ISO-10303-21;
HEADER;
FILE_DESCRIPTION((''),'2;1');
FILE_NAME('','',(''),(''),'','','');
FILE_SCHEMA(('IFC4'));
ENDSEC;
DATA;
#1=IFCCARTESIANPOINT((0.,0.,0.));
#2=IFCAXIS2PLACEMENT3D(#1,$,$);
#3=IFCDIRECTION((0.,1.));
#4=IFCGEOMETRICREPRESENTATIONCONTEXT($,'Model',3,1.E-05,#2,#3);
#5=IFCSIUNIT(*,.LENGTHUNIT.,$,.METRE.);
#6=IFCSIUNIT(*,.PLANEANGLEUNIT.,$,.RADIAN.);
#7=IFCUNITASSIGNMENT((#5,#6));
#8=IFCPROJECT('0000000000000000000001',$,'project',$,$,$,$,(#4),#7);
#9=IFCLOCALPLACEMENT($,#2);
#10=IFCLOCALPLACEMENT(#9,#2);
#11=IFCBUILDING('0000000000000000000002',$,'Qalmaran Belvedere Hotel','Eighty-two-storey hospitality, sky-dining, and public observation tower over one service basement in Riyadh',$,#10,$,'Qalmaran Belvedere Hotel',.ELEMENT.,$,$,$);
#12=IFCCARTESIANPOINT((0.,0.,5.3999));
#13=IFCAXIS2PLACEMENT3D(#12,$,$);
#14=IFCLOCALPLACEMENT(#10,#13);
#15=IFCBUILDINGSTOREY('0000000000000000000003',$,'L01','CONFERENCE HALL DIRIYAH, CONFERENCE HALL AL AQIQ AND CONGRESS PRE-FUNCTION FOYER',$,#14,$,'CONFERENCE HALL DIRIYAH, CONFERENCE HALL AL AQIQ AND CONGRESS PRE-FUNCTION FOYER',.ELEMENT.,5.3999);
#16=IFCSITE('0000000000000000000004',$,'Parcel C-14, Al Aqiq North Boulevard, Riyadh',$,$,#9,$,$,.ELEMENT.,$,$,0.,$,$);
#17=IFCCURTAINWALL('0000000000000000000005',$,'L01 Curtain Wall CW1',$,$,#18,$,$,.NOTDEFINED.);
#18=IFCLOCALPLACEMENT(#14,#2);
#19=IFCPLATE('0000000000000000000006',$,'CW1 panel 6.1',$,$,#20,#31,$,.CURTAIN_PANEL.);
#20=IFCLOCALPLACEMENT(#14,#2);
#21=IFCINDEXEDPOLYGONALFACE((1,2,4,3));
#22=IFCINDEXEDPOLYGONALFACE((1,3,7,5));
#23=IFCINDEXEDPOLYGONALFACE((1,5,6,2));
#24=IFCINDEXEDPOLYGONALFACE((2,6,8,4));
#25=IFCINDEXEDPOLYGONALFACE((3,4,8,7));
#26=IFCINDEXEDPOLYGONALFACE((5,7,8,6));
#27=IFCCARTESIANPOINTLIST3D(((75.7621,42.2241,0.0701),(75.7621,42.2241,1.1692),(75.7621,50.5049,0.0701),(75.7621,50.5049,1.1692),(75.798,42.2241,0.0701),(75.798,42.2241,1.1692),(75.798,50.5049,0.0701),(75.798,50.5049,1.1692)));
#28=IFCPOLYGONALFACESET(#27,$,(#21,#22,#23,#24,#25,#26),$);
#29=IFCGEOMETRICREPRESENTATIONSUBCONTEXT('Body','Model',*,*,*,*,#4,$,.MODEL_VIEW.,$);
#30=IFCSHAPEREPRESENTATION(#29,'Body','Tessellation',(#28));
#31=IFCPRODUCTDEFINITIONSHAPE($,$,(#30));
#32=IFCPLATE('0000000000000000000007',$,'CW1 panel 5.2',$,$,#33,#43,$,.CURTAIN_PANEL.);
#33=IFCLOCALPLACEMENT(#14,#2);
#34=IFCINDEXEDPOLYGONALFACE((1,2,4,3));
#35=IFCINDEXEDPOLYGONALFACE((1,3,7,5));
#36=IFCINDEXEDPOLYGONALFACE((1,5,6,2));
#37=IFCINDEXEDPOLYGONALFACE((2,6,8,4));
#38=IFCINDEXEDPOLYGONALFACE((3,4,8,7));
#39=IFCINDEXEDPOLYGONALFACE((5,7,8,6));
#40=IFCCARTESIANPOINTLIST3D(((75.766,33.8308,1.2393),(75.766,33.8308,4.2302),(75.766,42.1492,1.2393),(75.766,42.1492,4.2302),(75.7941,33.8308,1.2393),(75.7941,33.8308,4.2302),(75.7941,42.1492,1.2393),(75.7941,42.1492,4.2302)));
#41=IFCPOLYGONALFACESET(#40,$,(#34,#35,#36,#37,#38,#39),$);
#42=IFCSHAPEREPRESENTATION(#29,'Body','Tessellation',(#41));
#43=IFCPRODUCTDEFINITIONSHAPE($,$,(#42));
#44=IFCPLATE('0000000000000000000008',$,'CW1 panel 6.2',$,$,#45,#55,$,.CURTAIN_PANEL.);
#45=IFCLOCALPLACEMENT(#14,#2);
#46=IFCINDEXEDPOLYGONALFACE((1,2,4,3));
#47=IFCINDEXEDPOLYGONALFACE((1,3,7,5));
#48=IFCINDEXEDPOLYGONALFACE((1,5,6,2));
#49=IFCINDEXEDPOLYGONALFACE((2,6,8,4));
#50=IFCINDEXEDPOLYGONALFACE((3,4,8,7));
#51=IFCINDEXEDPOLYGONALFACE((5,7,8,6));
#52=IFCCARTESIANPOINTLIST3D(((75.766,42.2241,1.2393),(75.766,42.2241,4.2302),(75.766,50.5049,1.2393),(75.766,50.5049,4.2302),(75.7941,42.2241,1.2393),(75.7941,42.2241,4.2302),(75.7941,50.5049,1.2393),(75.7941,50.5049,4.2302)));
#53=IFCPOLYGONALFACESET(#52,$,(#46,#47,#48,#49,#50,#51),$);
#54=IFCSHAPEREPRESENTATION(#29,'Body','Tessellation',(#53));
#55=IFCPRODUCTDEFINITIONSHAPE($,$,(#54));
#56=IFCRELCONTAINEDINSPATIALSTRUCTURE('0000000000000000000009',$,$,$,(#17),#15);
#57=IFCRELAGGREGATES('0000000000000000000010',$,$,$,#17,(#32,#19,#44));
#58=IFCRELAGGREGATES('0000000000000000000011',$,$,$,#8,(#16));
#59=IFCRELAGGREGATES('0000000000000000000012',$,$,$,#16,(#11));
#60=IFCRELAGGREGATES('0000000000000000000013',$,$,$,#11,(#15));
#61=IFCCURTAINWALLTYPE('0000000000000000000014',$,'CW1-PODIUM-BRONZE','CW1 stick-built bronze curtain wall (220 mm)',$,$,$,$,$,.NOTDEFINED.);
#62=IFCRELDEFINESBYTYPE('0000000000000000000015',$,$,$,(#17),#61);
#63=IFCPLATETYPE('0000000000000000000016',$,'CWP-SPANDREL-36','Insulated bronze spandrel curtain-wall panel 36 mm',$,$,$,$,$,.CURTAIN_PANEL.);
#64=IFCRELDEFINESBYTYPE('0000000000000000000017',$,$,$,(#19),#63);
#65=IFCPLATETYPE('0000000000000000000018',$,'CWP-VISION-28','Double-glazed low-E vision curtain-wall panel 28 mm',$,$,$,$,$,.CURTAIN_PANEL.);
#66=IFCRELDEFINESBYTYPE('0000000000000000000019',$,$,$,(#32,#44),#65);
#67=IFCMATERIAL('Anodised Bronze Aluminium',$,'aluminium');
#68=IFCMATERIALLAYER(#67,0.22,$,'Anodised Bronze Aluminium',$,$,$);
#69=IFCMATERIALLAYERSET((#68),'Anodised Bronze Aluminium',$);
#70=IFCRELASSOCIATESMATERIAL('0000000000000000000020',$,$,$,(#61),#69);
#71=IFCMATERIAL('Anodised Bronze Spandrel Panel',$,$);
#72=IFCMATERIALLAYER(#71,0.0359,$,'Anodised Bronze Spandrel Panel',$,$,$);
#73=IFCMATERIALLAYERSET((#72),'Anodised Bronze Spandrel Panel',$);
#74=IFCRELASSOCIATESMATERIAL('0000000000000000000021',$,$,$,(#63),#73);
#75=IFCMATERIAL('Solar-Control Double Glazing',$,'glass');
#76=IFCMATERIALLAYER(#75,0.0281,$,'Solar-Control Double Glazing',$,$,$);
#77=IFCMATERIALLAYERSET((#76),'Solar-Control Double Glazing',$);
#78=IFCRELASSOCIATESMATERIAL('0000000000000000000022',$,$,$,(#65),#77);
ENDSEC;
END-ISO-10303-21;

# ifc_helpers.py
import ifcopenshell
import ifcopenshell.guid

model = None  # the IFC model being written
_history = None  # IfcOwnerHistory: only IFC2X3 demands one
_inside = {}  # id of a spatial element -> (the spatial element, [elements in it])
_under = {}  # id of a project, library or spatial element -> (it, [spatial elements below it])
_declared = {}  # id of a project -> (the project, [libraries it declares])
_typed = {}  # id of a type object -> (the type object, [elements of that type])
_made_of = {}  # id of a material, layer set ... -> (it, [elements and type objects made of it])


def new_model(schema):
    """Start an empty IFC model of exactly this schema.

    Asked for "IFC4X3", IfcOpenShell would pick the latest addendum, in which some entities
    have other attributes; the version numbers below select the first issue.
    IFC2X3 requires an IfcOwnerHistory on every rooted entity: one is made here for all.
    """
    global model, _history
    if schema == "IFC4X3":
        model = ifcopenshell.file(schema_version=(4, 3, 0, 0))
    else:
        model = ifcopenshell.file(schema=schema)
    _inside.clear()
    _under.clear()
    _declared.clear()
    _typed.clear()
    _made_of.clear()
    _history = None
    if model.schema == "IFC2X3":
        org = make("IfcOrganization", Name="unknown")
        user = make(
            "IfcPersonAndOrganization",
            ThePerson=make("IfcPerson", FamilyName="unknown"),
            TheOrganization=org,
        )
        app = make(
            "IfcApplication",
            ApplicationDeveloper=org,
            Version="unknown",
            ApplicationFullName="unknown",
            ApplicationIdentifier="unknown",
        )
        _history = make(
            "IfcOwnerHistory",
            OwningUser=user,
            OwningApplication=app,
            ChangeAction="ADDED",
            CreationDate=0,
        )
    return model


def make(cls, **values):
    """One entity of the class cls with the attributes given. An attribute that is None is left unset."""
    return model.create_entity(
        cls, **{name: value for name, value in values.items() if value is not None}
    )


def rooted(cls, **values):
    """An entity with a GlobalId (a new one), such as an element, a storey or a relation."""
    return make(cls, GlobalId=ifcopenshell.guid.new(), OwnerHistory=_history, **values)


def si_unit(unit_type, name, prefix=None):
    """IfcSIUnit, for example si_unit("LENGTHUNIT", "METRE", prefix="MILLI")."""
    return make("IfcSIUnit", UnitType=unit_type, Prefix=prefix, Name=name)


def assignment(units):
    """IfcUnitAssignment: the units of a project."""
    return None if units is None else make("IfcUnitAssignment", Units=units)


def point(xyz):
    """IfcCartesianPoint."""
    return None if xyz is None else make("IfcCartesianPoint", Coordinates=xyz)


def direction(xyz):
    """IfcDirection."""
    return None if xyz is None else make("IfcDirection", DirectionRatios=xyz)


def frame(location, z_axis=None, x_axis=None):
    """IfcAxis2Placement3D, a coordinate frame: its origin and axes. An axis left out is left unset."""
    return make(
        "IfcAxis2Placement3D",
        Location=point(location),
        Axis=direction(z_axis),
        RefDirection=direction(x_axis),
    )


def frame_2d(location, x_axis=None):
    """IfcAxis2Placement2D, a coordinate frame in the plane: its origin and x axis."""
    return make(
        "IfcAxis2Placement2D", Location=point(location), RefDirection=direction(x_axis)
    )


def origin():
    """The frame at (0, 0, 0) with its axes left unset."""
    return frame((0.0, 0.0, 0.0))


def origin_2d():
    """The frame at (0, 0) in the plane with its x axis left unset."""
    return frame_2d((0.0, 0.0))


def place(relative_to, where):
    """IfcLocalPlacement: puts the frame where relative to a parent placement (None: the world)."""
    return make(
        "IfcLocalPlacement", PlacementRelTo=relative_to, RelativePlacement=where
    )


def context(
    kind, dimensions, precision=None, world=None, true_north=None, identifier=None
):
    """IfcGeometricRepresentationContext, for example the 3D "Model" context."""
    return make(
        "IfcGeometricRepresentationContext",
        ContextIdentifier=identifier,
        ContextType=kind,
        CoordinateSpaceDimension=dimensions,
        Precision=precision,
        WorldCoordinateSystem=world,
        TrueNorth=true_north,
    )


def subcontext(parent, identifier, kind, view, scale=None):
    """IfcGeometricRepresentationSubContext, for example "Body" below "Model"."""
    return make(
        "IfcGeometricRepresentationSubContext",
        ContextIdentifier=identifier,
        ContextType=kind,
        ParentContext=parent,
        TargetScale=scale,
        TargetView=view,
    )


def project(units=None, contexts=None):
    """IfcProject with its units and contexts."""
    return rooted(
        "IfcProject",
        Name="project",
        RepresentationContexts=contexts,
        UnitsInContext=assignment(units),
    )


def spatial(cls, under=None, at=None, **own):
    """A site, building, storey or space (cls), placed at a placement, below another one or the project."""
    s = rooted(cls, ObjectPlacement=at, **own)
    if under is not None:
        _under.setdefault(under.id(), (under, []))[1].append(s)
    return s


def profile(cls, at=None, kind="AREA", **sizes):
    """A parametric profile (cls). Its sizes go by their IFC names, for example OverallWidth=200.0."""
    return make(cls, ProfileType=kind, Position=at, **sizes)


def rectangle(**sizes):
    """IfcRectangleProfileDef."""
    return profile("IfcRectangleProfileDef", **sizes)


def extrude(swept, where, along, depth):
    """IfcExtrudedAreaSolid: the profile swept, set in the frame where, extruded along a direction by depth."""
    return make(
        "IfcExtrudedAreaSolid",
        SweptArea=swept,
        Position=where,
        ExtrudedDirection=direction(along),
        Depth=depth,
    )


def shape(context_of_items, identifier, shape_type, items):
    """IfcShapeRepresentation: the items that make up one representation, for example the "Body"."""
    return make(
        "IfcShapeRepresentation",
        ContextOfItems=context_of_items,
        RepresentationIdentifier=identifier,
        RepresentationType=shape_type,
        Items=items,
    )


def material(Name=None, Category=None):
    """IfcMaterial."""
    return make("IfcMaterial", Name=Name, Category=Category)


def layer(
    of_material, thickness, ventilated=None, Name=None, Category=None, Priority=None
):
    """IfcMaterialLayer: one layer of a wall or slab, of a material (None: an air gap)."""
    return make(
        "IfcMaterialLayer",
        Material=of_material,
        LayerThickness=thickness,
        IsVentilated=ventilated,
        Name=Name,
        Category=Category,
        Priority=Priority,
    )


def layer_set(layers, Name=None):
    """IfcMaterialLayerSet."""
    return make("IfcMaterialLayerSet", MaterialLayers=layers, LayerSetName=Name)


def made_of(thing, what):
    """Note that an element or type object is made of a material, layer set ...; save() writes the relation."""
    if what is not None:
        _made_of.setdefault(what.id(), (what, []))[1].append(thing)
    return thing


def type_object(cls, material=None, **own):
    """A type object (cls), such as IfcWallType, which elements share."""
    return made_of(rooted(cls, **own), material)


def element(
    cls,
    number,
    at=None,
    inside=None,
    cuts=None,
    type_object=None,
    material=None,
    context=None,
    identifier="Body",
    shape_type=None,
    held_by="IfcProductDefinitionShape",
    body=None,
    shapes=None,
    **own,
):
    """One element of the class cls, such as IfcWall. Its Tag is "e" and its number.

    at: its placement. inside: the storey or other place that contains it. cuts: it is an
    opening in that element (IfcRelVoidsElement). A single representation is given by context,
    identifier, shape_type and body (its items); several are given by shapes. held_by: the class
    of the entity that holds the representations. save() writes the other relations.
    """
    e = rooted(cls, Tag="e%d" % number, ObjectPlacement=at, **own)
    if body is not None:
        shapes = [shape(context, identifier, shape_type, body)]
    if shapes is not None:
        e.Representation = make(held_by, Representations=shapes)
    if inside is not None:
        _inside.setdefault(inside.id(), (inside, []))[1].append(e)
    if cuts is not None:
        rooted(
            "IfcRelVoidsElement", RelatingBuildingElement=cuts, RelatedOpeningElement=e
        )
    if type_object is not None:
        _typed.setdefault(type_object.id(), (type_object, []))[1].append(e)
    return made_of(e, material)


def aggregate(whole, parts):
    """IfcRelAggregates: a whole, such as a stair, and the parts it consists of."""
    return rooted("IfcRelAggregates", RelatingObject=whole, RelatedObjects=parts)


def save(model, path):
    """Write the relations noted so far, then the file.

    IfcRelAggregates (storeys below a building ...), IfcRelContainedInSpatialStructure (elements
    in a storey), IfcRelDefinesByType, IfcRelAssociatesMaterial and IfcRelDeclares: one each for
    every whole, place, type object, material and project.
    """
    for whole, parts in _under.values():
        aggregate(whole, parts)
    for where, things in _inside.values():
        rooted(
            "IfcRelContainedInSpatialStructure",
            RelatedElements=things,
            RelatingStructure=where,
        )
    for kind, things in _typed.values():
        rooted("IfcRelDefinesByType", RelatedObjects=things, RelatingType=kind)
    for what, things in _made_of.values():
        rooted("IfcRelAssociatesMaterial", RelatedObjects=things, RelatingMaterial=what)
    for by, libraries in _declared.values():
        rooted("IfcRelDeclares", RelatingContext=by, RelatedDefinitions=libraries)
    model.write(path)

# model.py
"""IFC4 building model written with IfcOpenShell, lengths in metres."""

from ifc_helpers import new_model, si_unit, direction, frame, origin, origin_2d, place, context, subcontext, project, spatial, rectangle, extrude, material, layer, layer_set, type_object, element, aggregate, save


model = new_model("IFC4")

# Units and contexts
model_context = context("Model", 3, precision=1e-05, world=origin(), true_north=direction((0.0, 1.0)))
body_context = subcontext(model_context, "Body", "Model", "MODEL_VIEW")
ifc_project = project(units=[si_unit("LENGTHUNIT", "METRE"), si_unit("PLANEANGLEUNIT", "RADIAN")], contexts=[model_context])

# Site, building, storey
site_placement = place(None, origin())
site = spatial("IfcSite", under=ifc_project, at=site_placement, Name="Parcel C-14, Al Aqiq North Boulevard, Riyadh", CompositionType="ELEMENT", RefElevation=0.0)
building_placement = place(site_placement, origin())
building = spatial("IfcBuilding", under=site, at=building_placement, Name="Qalmaran Belvedere Hotel", Description="Eighty-two-storey hospitality, sky-dining, and public observation tower over one service basement in Riyadh", LongName="Qalmaran Belvedere Hotel", CompositionType="ELEMENT")
storey_placement = place(building_placement, frame((0.0, 0.0, 5.3999)))
storey = spatial("IfcBuildingStorey", under=building, at=storey_placement, Name="L01", Description="CONFERENCE HALL DIRIYAH, CONFERENCE HALL AL AQIQ AND CONGRESS PRE-FUNCTION FOYER", LongName="CONFERENCE HALL DIRIYAH, CONFERENCE HALL AL AQIQ AND CONGRESS PRE-FUNCTION FOYER", CompositionType="ELEMENT", Elevation=5.3999)

# Curtain wall, plates
ifc_material_1 = material(Name="Anodised Bronze Aluminium", Category="aluminium")
ifc_layer_1 = layer(ifc_material_1, 0.22, Name="Anodised Bronze Aluminium")
ifc_layer_set_1 = layer_set([ifc_layer_1], Name="Anodised Bronze Aluminium")
curtain_wall_type = type_object("IfcCurtainWallType", Name="CW1-PODIUM-BRONZE", Description="CW1 stick-built bronze curtain wall (220 mm)", PredefinedType="NOTDEFINED", material=ifc_layer_set_1)
curtain_wall_placement = place(storey_placement, origin())
curtain_wall = element("IfcCurtainWall", 1, at=curtain_wall_placement, inside=storey, type_object=curtain_wall_type, Name="L01 Curtain Wall CW1", PredefinedType="NOTDEFINED")
ifc_material_2 = material(Name="Anodised Bronze Spandrel Panel")
ifc_layer_2 = layer(ifc_material_2, 0.0359, Name="Anodised Bronze Spandrel Panel")
ifc_layer_set_2 = layer_set([ifc_layer_2], Name="Anodised Bronze Spandrel Panel")
plate_type_1 = type_object("IfcPlateType", Name="CWP-SPANDREL-36", Description="Insulated bronze spandrel curtain-wall panel 36 mm", PredefinedType="CURTAIN_PANEL", material=ifc_layer_set_2)
plate_1_placement = place(storey_placement, frame((75.78, 46.3645, 0.0701), z_axis=(0.0, 0.0, 1.0), x_axis=(0.0, 1.0, 0.0)))
plate_1 = element("IfcPlate", 2, at=plate_1_placement, type_object=plate_type_1, Name="CW1 panel 6.1", PredefinedType="CURTAIN_PANEL", context=body_context, shape_type="SweptSolid", body=[
    extrude(rectangle(XDim=8.2808, YDim=0.0359, at=origin_2d()), origin(), (0.0, 0.0, 1.0), 1.0991),
])
ifc_material_3 = material(Name="Solar-Control Double Glazing", Category="glass")
ifc_layer_3 = layer(ifc_material_3, 0.0281, Name="Solar-Control Double Glazing")
ifc_layer_set_3 = layer_set([ifc_layer_3], Name="Solar-Control Double Glazing")
plate_type_2 = type_object("IfcPlateType", Name="CWP-VISION-28", Description="Double-glazed low-E vision curtain-wall panel 28 mm", PredefinedType="CURTAIN_PANEL", material=ifc_layer_set_3)
plate_2_placement = place(storey_placement, frame((75.78, 37.99, 1.2393), z_axis=(0.0, 0.0, 1.0), x_axis=(0.0, 1.0, 0.0)))
plate_2 = element("IfcPlate", 3, at=plate_2_placement, type_object=plate_type_2, Name="CW1 panel 5.2", PredefinedType="CURTAIN_PANEL", context=body_context, shape_type="SweptSolid", body=[
    extrude(rectangle(XDim=8.3184, YDim=0.0281, at=origin_2d()), origin(), (0.0, 0.0, 1.0), 2.991),
])
plate_3_placement = place(storey_placement, frame((75.78, 46.3645, 1.2393), z_axis=(0.0, 0.0, 1.0), x_axis=(0.0, 1.0, 0.0)))
plate_3 = element("IfcPlate", 4, at=plate_3_placement, type_object=plate_type_2, Name="CW1 panel 6.2", PredefinedType="CURTAIN_PANEL", context=body_context, shape_type="SweptSolid", body=[
    extrude(rectangle(XDim=8.2808, YDim=0.0281, at=origin_2d()), origin(), (0.0, 0.0, 1.0), 2.991),
])
aggregate(curtain_wall, [plate_2, plate_1, plate_3])

save(model, "model.ifc")
